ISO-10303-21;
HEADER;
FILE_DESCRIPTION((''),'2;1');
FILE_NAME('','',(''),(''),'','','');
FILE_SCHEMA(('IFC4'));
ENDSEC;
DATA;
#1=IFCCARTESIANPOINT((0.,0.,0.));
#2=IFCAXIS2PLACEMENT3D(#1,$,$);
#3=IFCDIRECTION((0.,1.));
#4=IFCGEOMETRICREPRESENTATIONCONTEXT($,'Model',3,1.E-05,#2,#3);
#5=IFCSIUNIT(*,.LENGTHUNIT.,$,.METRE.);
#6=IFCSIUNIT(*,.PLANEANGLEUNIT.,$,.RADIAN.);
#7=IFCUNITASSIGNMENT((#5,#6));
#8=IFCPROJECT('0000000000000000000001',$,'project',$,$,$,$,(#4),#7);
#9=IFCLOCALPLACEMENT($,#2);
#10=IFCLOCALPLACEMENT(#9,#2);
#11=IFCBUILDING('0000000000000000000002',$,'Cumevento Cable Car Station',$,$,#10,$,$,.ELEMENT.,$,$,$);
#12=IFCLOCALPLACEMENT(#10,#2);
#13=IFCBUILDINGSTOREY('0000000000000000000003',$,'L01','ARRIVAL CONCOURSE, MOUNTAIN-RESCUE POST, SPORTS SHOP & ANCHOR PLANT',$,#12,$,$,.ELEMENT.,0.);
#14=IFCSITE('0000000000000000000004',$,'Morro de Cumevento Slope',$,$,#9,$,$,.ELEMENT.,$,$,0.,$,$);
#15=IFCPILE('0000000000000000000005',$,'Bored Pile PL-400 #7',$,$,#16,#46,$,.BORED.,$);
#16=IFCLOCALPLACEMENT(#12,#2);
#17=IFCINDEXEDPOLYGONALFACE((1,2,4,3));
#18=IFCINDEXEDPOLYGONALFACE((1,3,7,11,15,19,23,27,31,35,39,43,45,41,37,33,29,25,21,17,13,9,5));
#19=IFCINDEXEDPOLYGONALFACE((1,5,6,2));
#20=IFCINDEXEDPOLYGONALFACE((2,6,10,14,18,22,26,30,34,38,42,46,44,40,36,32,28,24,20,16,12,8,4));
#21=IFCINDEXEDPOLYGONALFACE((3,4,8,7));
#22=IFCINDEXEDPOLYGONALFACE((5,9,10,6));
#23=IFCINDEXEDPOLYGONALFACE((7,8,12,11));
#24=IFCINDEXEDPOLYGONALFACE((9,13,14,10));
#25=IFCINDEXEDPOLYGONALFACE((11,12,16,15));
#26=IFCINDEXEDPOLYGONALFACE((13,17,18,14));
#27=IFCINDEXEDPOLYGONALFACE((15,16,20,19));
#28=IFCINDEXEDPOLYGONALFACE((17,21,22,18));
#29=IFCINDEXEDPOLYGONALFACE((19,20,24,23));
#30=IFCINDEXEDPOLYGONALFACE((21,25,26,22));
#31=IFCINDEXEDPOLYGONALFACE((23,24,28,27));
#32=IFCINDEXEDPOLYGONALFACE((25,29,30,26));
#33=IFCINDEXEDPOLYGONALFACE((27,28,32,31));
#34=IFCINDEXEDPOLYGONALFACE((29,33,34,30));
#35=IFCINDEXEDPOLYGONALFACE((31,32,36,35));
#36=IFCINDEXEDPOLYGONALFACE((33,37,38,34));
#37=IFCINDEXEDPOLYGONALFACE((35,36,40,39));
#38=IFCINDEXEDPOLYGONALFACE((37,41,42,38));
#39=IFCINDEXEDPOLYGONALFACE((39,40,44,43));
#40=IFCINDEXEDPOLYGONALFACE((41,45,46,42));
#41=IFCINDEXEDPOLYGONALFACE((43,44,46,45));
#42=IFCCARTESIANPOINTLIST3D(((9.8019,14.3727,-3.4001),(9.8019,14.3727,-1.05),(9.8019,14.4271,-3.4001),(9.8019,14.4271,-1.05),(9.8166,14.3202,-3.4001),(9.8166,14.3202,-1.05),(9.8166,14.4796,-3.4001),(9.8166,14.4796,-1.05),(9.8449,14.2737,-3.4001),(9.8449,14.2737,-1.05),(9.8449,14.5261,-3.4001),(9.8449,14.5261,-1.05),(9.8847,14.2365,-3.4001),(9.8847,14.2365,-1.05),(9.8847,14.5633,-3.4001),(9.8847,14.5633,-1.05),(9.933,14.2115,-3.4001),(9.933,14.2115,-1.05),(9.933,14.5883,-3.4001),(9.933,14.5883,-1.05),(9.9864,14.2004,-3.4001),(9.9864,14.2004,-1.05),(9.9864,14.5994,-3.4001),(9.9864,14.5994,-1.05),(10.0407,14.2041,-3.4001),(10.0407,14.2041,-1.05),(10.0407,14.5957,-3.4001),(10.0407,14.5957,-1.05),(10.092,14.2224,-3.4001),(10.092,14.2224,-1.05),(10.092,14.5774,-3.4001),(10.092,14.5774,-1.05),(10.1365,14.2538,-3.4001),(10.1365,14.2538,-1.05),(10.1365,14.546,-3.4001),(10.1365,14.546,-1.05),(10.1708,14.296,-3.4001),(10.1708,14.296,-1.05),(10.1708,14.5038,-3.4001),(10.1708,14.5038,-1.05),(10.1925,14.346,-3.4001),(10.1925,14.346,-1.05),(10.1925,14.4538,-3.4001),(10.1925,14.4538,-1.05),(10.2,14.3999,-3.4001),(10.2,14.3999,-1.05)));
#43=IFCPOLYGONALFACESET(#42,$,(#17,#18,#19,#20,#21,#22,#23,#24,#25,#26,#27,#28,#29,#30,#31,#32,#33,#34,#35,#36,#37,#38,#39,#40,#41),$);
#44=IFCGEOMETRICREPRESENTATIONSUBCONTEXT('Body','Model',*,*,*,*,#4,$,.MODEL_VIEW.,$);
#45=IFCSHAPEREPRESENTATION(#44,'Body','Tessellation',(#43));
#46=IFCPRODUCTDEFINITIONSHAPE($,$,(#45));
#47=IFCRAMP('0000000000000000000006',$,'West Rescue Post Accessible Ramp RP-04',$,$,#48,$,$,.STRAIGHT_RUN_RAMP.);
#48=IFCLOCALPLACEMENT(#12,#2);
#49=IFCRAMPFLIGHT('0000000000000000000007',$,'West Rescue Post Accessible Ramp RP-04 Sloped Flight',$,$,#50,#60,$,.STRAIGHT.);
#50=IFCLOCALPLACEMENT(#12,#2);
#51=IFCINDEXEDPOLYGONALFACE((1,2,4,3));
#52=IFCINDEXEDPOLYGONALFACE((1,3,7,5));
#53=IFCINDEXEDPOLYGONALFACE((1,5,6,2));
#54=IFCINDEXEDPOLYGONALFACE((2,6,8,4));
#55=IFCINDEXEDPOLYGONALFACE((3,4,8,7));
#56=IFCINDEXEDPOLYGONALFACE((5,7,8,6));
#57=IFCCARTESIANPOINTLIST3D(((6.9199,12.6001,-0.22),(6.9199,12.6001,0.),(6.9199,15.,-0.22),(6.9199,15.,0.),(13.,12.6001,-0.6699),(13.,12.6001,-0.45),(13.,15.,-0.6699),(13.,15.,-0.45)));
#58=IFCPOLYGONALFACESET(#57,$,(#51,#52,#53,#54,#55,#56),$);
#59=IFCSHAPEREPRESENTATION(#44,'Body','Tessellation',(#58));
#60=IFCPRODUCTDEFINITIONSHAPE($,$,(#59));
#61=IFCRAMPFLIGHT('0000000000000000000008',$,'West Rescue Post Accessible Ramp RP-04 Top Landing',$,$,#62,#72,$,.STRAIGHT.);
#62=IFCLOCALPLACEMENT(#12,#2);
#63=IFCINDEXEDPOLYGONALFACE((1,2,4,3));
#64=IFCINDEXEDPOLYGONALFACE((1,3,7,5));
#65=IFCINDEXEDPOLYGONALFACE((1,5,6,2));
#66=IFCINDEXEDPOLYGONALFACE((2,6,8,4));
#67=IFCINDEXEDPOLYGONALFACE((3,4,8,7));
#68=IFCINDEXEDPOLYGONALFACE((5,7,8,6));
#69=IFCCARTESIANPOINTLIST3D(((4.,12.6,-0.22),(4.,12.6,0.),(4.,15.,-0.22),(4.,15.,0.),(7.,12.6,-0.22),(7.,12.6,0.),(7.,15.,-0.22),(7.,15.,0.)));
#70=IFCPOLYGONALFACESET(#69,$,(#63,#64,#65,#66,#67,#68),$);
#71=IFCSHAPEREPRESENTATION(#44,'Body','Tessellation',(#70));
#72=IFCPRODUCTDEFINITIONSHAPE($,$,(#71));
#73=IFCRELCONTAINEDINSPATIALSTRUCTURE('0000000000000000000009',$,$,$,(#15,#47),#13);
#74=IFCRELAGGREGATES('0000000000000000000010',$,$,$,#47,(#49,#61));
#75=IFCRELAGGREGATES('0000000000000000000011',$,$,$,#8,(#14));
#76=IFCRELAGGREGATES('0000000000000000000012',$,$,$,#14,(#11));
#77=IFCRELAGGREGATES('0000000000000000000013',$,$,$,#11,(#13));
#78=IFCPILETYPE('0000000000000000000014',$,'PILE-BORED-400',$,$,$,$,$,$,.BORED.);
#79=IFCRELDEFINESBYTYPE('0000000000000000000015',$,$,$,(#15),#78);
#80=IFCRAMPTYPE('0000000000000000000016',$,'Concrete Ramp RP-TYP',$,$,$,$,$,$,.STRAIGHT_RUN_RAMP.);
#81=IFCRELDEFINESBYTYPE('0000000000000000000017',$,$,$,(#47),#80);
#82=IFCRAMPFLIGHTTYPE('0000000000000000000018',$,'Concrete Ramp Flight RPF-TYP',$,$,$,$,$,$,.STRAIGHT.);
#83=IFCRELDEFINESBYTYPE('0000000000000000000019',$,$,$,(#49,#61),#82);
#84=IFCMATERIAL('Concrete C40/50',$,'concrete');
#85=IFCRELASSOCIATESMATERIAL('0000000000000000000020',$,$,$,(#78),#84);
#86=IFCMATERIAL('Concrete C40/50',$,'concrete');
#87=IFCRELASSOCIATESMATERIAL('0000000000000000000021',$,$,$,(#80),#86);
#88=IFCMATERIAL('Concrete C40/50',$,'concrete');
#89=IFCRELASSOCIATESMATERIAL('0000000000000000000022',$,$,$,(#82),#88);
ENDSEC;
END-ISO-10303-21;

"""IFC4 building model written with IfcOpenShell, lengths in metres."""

from ifc_helpers import new_model, si_unit, direction, frame, origin, origin_2d, place, context, subcontext, project, spatial, polyline, rectangle, circle, outline, extrude, material, material_profile, profile_set, type_object, element, aggregate, save


model = new_model("IFC4")

# Units and contexts
model_context = context("Model", 3, precision=1e-05, world=origin(), true_north=direction((0.0, 1.0)))
body_context = subcontext(model_context, "Body", "Model", "MODEL_VIEW")
ifc_project = project(units=[si_unit("LENGTHUNIT", "METRE"), si_unit("PLANEANGLEUNIT", "RADIAN")], contexts=[model_context])

# Site, building, storey
site_placement = place(None, origin())
site = spatial("IfcSite", under=ifc_project, at=site_placement, Name="Morro de Cumevento Slope", CompositionType="ELEMENT", RefElevation=0.0)
building_placement = place(site_placement, origin())
building = spatial("IfcBuilding", under=site, at=building_placement, Name="Cumevento Cable Car Station", CompositionType="ELEMENT")
storey_placement = place(building_placement, origin())
storey = spatial("IfcBuildingStorey", under=building, at=storey_placement, Name="L01", Description="ARRIVAL CONCOURSE, MOUNTAIN-RESCUE POST, SPORTS SHOP & ANCHOR PLANT", CompositionType="ELEMENT", Elevation=0.0)

# Pile
ifc_material_1 = material(Name="Concrete C40/50", Category="concrete")
ifc_material_profile = material_profile(ifc_material_1, circle(Radius=0.2, at=origin_2d()), Name="PILE-D400")
ifc_profile_set = profile_set([ifc_material_profile], Name="Concrete C40/50")
pile_type = type_object("IfcPileType", Name="PILE-BORED-400", PredefinedType="BORED", material=ifc_profile_set)
pile_placement = place(storey_placement, frame((10.0, 14.3999, -1.05), z_axis=(0.0, 0.0, -1.0), x_axis=(1.0, 0.0, 0.0)))
element("IfcPile", 1, at=pile_placement, inside=storey, type_object=pile_type, Name="Bored Pile PL-400 #7", PredefinedType="BORED", context=body_context, shape_type="SweptSolid", body=[
    extrude(circle(Radius=0.2, at=origin_2d()), origin(), (0.0, 0.0, 1.0), 2.3501),
])

# Ramp, ramp flights
ifc_material_2 = material(Name="Concrete C40/50", Category="concrete")
ramp_type = type_object("IfcRampType", Name="Concrete Ramp RP-TYP", PredefinedType="STRAIGHT_RUN_RAMP", material=ifc_material_2)
ramp_placement = place(storey_placement, origin())
ramp = element("IfcRamp", 2, at=ramp_placement, inside=storey, type_object=ramp_type, Name="West Rescue Post Accessible Ramp RP-04", PredefinedType="STRAIGHT_RUN_RAMP")
ifc_material_3 = material(Name="Concrete C40/50", Category="concrete")
ramp_flight_type = type_object("IfcRampFlightType", Name="Concrete Ramp Flight RPF-TYP", PredefinedType="STRAIGHT", material=ifc_material_3)
ramp_flight_1_placement = place(storey_placement, frame((6.9199, 13.8, 0.0), z_axis=(0.0, 0.0, 1.0), x_axis=(1.0, 0.0, 0.0)))
ramp_flight_1 = element("IfcRampFlight", 3, at=ramp_flight_1_placement, type_object=ramp_flight_type, Name="West Rescue Post Accessible Ramp RP-04 Sloped Flight", PredefinedType="STRAIGHT", context=body_context, shape_type="SweptSolid", body=[
    extrude(outline(polyline([(0.0, 0.0), (6.0801, -0.45), (6.0801, -0.6699), (0.0, -0.22), (0.0, 0.0)])), frame((0.0, 1.2, 0.0), z_axis=(0.0, -1.0, 0.0), x_axis=(1.0, 0.0, 0.0)), (0.0, 0.0, 1.0), 2.3999),
])
ramp_flight_2_placement = place(storey_placement, frame((5.5, 13.8, -0.22), z_axis=(0.0, 0.0, 1.0), x_axis=(1.0, 0.0, 0.0)))
ramp_flight_2 = element("IfcRampFlight", 4, at=ramp_flight_2_placement, type_object=ramp_flight_type, Name="West Rescue Post Accessible Ramp RP-04 Top Landing", PredefinedType="STRAIGHT", context=body_context, shape_type="SweptSolid", body=[
    extrude(rectangle(XDim=3.0, YDim=2.4, at=origin_2d()), origin(), (0.0, 0.0, 1.0), 0.22),
])
aggregate(ramp, [ramp_flight_1, ramp_flight_2])

save(model, "model.ifc")
